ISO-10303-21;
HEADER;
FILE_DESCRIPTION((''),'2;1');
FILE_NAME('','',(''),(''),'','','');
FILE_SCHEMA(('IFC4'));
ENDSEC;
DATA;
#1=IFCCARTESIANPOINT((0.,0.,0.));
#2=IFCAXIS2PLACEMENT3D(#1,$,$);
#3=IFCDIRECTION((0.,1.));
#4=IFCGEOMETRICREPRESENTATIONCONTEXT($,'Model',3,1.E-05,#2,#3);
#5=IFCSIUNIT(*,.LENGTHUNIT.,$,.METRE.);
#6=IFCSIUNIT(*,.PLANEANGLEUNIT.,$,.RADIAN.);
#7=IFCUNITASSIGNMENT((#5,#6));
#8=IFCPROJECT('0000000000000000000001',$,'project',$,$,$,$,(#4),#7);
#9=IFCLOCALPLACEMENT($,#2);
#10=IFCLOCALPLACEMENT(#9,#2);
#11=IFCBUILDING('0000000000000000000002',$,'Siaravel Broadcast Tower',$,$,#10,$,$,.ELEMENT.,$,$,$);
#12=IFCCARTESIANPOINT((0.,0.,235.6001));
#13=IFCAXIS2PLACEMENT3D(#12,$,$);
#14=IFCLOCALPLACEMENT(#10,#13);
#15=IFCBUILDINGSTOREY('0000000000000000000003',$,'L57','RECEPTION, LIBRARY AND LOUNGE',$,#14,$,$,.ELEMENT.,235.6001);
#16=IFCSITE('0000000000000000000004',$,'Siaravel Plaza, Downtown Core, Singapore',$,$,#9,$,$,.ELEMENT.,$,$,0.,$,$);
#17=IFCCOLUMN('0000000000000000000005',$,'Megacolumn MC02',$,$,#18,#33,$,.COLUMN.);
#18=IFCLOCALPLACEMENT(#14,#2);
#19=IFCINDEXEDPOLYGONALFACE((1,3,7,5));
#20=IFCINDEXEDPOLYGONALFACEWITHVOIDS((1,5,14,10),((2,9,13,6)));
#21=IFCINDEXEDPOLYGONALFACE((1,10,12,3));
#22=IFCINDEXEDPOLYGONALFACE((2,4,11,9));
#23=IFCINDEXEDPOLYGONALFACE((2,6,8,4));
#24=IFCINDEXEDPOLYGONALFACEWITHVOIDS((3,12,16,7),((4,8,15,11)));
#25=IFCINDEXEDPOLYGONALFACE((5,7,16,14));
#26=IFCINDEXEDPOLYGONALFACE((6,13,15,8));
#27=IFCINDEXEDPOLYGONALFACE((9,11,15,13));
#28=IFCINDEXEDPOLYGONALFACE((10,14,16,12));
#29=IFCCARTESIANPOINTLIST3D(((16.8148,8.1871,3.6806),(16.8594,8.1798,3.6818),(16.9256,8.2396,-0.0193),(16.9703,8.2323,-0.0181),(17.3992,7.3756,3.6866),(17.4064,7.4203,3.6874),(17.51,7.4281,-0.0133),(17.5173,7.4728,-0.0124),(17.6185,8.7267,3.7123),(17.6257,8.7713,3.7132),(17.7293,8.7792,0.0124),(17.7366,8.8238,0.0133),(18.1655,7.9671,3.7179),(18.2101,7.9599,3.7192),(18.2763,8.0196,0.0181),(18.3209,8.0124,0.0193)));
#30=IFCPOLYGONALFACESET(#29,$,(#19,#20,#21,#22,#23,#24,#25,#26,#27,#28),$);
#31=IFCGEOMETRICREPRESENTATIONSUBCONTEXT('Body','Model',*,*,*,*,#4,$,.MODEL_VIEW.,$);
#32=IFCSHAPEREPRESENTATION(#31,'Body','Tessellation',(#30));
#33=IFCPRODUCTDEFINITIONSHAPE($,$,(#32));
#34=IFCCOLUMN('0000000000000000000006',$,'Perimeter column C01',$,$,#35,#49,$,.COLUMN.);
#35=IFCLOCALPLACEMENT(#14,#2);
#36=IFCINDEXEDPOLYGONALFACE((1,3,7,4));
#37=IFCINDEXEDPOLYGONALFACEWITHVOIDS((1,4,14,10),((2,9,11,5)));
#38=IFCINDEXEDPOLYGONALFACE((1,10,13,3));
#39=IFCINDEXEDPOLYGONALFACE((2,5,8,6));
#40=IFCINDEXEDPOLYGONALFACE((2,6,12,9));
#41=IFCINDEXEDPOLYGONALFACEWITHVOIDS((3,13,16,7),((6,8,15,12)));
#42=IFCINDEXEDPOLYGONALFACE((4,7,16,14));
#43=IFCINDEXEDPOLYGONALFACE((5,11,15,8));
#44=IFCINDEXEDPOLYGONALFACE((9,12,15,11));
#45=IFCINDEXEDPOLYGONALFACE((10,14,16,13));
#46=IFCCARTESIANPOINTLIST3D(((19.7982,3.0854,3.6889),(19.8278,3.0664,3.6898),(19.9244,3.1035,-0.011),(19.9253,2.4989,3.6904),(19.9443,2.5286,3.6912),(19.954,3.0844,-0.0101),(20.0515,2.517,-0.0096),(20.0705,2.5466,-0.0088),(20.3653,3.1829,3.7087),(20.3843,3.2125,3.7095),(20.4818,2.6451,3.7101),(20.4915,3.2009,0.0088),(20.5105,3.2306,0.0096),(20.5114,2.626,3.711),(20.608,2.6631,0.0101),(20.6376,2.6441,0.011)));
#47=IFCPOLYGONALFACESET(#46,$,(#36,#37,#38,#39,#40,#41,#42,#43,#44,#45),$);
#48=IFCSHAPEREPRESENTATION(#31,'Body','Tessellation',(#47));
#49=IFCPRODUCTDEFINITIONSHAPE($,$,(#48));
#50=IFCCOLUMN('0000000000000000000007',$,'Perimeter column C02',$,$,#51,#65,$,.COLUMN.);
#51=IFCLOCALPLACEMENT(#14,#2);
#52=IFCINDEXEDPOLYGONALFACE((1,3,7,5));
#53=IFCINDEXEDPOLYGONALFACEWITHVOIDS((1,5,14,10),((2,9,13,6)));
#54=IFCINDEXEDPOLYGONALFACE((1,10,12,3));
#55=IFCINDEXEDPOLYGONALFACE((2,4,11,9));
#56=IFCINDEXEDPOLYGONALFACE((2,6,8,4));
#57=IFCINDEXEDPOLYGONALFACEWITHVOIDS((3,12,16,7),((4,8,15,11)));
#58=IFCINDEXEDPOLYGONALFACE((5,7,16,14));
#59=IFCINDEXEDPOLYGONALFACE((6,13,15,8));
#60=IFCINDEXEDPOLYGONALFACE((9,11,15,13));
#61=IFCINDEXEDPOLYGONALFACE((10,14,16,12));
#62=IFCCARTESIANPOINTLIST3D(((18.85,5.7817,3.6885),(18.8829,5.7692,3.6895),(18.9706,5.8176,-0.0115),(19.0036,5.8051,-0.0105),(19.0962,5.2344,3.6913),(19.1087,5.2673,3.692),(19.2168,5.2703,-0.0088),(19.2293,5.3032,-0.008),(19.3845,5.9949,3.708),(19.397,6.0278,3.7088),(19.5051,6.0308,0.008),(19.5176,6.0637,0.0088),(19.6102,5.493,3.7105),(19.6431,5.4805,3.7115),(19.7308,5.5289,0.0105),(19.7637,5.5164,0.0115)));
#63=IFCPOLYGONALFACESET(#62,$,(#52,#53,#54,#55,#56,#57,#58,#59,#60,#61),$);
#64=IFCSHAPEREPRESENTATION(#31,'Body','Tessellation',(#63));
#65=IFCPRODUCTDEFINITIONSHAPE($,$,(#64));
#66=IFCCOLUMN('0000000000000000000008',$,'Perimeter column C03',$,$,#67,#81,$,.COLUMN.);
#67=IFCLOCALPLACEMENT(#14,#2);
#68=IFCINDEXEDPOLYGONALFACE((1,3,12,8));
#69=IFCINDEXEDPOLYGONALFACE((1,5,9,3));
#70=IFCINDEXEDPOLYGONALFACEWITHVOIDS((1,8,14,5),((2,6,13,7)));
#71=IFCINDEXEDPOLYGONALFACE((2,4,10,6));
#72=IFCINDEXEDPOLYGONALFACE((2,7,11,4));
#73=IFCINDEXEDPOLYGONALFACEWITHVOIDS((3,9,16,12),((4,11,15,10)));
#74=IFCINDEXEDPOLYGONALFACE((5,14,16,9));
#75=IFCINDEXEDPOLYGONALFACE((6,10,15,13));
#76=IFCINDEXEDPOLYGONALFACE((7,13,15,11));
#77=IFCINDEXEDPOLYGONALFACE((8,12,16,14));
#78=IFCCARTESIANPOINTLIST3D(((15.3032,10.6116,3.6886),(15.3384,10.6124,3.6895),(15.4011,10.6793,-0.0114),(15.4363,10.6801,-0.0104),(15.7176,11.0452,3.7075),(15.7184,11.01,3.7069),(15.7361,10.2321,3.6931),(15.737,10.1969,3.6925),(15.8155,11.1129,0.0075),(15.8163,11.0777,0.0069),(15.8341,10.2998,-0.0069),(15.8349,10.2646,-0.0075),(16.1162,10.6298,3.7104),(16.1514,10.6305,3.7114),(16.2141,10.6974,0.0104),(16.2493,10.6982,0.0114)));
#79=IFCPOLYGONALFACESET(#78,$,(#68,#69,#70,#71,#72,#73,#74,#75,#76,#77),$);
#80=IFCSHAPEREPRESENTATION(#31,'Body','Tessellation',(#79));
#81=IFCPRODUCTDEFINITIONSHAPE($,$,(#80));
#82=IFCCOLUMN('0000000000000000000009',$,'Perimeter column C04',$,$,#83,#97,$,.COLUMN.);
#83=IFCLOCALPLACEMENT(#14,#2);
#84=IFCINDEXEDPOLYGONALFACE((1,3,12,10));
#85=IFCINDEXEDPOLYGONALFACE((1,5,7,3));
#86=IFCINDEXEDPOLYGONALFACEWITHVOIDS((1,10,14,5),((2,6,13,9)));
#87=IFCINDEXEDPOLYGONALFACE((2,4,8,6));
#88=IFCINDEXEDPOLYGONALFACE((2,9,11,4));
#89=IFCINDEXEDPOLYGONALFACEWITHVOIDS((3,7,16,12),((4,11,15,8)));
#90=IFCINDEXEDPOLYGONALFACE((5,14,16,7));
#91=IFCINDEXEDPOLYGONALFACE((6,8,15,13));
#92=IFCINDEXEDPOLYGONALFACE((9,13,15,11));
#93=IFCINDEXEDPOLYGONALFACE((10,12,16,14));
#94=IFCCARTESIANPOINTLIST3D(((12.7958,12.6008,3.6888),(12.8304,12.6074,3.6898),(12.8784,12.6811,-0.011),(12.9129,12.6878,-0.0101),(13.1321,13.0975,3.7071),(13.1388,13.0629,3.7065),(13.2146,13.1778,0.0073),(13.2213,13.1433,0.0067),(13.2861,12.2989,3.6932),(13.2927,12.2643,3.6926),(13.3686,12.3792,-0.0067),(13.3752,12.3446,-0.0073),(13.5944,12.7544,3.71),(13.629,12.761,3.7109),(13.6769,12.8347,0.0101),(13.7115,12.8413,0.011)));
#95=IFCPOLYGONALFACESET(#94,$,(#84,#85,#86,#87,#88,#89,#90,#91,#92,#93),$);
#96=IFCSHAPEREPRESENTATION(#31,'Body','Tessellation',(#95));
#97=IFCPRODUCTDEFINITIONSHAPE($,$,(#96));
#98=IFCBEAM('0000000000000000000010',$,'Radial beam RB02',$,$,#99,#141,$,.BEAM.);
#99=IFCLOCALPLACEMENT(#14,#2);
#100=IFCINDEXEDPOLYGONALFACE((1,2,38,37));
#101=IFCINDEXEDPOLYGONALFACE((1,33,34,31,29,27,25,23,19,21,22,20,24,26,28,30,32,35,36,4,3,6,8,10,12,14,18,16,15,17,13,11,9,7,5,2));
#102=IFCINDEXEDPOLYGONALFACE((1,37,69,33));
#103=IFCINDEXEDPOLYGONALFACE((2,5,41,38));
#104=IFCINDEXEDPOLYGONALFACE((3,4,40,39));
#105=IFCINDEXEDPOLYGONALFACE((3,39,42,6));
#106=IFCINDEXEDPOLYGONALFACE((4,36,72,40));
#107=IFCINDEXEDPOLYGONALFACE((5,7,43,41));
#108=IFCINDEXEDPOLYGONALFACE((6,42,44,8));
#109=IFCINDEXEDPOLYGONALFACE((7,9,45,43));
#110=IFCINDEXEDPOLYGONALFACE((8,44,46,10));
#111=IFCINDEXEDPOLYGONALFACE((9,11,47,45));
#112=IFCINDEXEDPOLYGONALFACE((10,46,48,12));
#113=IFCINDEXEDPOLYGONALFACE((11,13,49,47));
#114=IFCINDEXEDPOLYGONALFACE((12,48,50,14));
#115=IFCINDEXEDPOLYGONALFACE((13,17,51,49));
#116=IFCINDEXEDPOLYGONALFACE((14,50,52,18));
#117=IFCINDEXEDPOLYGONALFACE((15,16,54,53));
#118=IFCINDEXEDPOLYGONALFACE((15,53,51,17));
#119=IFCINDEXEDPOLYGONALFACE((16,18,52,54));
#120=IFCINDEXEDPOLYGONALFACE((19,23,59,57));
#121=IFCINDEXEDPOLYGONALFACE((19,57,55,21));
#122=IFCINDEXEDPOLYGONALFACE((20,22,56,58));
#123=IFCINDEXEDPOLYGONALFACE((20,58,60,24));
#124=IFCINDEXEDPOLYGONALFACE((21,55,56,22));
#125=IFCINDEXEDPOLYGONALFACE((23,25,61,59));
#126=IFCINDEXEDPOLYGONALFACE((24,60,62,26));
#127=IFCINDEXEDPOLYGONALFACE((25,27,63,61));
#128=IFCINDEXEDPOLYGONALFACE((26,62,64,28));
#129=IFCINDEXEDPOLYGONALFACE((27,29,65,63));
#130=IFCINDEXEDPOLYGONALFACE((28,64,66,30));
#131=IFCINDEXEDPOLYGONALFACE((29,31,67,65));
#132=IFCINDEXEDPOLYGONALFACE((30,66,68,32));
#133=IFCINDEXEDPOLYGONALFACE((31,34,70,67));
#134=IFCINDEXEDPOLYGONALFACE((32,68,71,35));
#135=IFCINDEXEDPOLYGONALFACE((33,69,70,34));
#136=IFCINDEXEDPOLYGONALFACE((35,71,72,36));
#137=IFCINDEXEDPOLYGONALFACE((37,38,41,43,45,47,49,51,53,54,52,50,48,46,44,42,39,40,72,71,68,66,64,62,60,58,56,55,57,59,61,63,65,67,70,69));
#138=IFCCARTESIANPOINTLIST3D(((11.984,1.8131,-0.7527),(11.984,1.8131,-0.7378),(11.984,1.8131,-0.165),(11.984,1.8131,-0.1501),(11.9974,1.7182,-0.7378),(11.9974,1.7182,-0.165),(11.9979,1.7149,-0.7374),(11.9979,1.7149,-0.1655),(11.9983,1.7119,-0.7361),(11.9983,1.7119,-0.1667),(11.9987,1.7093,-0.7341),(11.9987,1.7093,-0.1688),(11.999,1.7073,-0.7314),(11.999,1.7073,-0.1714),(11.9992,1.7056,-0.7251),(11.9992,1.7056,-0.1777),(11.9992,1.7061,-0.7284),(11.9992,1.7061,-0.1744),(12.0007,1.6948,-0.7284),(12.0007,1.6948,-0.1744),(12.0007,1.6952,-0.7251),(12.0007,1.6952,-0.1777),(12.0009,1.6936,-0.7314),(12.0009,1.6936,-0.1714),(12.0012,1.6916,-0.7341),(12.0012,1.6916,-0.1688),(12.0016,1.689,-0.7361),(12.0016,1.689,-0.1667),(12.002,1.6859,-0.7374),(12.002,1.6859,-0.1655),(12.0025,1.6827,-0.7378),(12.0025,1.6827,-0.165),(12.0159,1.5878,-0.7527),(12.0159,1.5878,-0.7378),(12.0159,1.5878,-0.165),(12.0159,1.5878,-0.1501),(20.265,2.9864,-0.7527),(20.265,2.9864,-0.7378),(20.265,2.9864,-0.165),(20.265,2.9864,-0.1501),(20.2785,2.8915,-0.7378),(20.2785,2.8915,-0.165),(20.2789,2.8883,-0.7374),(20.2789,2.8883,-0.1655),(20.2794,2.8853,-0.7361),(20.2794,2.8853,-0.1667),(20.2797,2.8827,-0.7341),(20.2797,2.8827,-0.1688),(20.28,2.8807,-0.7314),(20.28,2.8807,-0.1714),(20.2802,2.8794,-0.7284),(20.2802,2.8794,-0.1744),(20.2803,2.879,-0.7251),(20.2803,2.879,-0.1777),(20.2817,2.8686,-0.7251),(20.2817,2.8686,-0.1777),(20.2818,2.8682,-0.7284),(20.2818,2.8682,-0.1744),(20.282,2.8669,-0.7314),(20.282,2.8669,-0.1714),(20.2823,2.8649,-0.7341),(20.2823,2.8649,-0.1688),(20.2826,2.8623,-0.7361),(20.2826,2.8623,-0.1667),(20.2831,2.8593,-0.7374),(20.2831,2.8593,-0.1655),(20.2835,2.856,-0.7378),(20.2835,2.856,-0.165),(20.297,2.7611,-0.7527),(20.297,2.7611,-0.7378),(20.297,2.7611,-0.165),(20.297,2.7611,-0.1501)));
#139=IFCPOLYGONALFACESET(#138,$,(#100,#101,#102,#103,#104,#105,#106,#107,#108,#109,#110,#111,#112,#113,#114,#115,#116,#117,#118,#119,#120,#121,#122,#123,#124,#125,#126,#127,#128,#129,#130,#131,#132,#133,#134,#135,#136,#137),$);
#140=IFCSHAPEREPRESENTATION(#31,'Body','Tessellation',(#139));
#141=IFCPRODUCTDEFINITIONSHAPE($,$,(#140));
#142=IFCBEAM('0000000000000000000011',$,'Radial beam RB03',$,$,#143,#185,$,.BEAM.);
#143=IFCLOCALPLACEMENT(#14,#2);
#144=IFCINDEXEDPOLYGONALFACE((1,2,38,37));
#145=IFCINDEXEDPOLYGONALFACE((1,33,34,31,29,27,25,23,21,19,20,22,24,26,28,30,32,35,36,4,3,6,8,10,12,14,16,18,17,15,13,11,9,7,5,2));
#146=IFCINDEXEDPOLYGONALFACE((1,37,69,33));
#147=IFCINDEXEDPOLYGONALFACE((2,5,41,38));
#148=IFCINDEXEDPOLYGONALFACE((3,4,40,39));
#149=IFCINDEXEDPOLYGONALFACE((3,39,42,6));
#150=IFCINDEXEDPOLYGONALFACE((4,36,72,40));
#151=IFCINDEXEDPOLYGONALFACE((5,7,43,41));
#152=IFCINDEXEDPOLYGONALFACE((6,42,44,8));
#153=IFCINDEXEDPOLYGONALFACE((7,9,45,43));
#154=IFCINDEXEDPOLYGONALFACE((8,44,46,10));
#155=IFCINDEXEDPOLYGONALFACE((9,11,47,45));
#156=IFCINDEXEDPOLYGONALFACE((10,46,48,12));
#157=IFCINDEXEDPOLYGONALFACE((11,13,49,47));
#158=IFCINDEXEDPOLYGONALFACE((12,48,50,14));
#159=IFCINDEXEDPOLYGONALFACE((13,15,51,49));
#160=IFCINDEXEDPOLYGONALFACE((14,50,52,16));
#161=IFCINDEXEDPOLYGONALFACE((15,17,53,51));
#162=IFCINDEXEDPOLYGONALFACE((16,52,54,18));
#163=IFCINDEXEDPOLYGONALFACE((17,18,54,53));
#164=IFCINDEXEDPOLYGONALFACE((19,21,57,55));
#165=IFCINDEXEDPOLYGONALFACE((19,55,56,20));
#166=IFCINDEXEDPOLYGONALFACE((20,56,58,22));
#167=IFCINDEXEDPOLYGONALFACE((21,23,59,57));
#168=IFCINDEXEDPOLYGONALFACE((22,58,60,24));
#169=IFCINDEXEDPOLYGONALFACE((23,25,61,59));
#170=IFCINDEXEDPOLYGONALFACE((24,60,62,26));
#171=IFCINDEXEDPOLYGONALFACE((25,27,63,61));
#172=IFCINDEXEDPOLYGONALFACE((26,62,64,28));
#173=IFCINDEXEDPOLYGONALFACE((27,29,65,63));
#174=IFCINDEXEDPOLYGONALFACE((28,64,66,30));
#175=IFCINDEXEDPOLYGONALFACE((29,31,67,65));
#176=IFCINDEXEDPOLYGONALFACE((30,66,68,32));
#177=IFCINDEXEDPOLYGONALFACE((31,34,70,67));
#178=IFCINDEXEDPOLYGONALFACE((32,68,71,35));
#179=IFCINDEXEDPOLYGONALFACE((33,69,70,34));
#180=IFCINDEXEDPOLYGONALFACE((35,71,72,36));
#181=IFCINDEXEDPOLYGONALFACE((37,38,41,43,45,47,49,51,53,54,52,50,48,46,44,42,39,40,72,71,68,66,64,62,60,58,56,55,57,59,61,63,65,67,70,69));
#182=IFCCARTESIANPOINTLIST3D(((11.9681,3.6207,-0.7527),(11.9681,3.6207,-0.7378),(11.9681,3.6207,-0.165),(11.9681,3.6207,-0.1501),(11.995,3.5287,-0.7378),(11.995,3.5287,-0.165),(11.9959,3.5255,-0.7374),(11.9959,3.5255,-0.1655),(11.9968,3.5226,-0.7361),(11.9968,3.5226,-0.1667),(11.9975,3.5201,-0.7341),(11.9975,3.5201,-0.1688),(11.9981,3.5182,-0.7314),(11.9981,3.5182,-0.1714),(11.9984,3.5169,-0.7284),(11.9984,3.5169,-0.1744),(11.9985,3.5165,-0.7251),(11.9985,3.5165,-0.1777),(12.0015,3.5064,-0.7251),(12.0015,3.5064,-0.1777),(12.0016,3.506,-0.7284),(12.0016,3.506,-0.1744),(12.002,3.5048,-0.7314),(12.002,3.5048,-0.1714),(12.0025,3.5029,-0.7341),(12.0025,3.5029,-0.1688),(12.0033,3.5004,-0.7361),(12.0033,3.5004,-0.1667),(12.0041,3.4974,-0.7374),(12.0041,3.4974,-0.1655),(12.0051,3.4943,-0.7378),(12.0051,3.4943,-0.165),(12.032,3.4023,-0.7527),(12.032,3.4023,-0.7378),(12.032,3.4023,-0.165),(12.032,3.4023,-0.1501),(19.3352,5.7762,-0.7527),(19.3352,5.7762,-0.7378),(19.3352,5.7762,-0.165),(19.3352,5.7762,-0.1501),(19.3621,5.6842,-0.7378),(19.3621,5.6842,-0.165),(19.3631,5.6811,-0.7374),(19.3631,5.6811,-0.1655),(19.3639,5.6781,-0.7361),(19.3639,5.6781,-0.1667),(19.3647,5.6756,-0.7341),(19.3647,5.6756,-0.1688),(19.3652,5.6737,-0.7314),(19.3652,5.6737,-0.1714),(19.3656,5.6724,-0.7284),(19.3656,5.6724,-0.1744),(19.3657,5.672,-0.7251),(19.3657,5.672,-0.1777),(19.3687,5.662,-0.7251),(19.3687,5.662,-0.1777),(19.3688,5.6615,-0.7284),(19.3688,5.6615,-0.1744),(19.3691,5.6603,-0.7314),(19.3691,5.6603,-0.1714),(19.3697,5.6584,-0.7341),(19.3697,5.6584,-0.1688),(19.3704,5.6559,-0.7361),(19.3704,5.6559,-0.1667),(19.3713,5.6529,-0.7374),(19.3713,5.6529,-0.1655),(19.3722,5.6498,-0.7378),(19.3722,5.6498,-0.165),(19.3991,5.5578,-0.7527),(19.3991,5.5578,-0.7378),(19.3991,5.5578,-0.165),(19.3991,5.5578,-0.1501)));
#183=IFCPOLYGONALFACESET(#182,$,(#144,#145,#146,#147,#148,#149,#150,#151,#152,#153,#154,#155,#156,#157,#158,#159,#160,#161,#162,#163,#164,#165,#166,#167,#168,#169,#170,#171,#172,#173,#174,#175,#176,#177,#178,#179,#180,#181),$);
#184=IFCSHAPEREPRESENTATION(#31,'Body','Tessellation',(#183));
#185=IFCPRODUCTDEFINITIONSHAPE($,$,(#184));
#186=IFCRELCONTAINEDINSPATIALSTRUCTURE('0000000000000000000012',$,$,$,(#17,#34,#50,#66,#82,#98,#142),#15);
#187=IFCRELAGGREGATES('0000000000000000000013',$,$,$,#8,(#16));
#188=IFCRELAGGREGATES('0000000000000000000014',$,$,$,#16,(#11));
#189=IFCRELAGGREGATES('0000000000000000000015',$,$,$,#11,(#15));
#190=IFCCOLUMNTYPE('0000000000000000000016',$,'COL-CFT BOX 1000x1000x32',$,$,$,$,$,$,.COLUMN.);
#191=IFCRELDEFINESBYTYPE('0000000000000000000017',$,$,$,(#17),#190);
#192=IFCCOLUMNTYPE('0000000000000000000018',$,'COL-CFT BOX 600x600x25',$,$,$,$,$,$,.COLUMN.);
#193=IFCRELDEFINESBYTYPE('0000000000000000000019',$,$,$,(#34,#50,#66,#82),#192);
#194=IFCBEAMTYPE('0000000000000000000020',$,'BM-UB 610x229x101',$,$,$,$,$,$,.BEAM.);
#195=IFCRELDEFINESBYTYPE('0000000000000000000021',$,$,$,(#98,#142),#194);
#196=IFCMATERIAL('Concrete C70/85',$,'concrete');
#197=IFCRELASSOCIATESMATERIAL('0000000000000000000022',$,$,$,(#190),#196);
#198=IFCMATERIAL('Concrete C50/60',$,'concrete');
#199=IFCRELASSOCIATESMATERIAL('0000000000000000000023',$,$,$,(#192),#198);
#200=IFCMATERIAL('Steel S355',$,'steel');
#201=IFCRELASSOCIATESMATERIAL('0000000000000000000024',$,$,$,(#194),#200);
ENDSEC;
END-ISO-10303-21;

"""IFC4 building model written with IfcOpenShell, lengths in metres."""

from ifc_helpers import new_model, si_unit, direction, frame, origin, origin_2d, place, context, subcontext, project, spatial, hollow_rectangle, i_section, extrude, material, material_profile, profile_set, type_object, element, save


model = new_model("IFC4")

# Units and contexts
model_context = context("Model", 3, precision=1e-05, world=origin(), true_north=direction((0.0, 1.0)))
body_context = subcontext(model_context, "Body", "Model", "MODEL_VIEW")
ifc_project = project(units=[si_unit("LENGTHUNIT", "METRE"), si_unit("PLANEANGLEUNIT", "RADIAN")], contexts=[model_context])

# Site, building, storey
site_placement = place(None, origin())
site = spatial("IfcSite", under=ifc_project, at=site_placement, Name="Siaravel Plaza, Downtown Core, Singapore", CompositionType="ELEMENT", RefElevation=0.0)
building_placement = place(site_placement, origin())
building = spatial("IfcBuilding", under=site, at=building_placement, Name="Siaravel Broadcast Tower", CompositionType="ELEMENT")
storey_placement = place(building_placement, frame((0.0, 0.0, 235.6001)))
storey = spatial("IfcBuildingStorey", under=building, at=storey_placement, Name="L57", Description="RECEPTION, LIBRARY AND LOUNGE", CompositionType="ELEMENT", Elevation=235.6001)

# Columns
ifc_material_1 = material(Name="Concrete C70/85", Category="concrete")
ifc_material_profile_1 = material_profile(ifc_material_1, hollow_rectangle(XDim=1.0, YDim=1.0, WallThickness=0.032, at=origin_2d()))
ifc_profile_set_1 = profile_set([ifc_material_profile_1], Name="Concrete C70/85")
column_type_1 = type_object("IfcColumnType", Name="COL-CFT BOX 1000x1000x32", PredefinedType="COLUMN", material=ifc_profile_set_1)
column_1_placement = place(storey_placement, frame((17.6233, 8.126, 0.0), z_axis=(-0.029941, -0.014179, 0.999451), x_axis=(0.584369, -0.811466, 0.005994)))
element("IfcColumn", 1, at=column_1_placement, inside=storey, type_object=column_type_1, Name="Megacolumn MC02", PredefinedType="COLUMN", context=body_context, shape_type="SweptSolid", body=[
    extrude(hollow_rectangle(XDim=1.0, YDim=1.0, WallThickness=0.032, at=origin_2d()), origin(), (0.0, 0.0, 1.0), 3.7019),
])
ifc_material_2 = material(Name="Concrete C50/60", Category="concrete")
ifc_material_profile_2 = material_profile(ifc_material_2, hollow_rectangle(XDim=0.6001, YDim=0.6001, WallThickness=0.0249, at=origin_2d()))
ifc_profile_set_2 = profile_set([ifc_material_profile_2], Name="Concrete C50/60")
column_type_2 = type_object("IfcColumnType", Name="COL-CFT BOX 600x600x25", PredefinedType="COLUMN", material=ifc_profile_set_2)
for number, where, z_axis, x_axis, name in (
    (2, (20.281, 2.8738, 0.0), (-0.034094, -0.00488, 0.999407), (0.211771, -0.977316, 0.002452), "Perimeter column C01"),
    (3, (19.3672, 5.667, 0.0), (-0.032578, -0.009694, 0.999422), (0.410159, -0.912003, 0.004524), "Perimeter column C02"),
):
    element("IfcColumn", number, at=place(storey_placement, frame(where, z_axis=z_axis, x_axis=x_axis)), inside=storey, type_object=column_type_2, Name=name, PredefinedType="COLUMN", context=body_context, shape_type="SweptSolid", body=[
        extrude(hollow_rectangle(XDim=0.6001, YDim=0.6001, WallThickness=0.0249, at=origin_2d()), origin(), (0.0, 0.0, 1.0), 3.7021),
    ])
column_2_placement = place(storey_placement, frame((15.8252, 10.6887, 0.0), z_axis=(-0.026446, -0.018268, 0.999483), x_axis=(0.722769, -0.691059, 0.006493)))
element("IfcColumn", 4, at=column_2_placement, inside=storey, type_object=column_type_2, Name="Perimeter column C03", PredefinedType="COLUMN", context=body_context, shape_type="SweptSolid", body=[
    extrude(hollow_rectangle(XDim=0.6001, YDim=0.6001, WallThickness=0.0249, at=origin_2d()), origin(), (0.0, 0.0, 1.0), 3.7019),
])
column_3_placement = place(storey_placement, frame((13.2949, 12.7612, 0.0), z_axis=(-0.022292, -0.021698, 0.999516), x_axis=(0.82798, -0.560723, 0.006294)))
element("IfcColumn", 5, at=column_3_placement, inside=storey, type_object=column_type_2, Name="Perimeter column C04", PredefinedType="COLUMN", context=body_context, shape_type="SweptSolid", body=[
    extrude(hollow_rectangle(XDim=0.6001, YDim=0.6001, WallThickness=0.0249, at=origin_2d()), origin(), (0.0, 0.0, 1.0), 3.7017),
])

# Beams
ifc_material_3 = material(Name="Steel S355", Category="steel")
ifc_material_profile_3 = material_profile(ifc_material_3, i_section(OverallWidth=0.2275, OverallDepth=0.6025, WebThickness=0.0105, FlangeThickness=0.0149, FilletRadius=0.0127, at=origin_2d()))
ifc_profile_set_3 = profile_set([ifc_material_profile_3], Name="Steel S355")
beam_type = type_object("IfcBeamType", Name="BM-UB 610x229x101", PredefinedType="BEAM", material=ifc_profile_set_3)
beam_1_placement = place(storey_placement, frame((20.281, 2.8738, -0.4514), z_axis=(-0.990111, -0.140289, 0.0), x_axis=(0.140289, -0.990111, 0.0)))
element("IfcBeam", 6, at=beam_1_placement, inside=storey, type_object=beam_type, Name="Radial beam RB02", PredefinedType="BEAM", context=body_context, shape_type="SweptSolid", body=[
    extrude(i_section(OverallWidth=0.2275, OverallDepth=0.6025, WebThickness=0.0105, FlangeThickness=0.0149, FilletRadius=0.0127, at=origin_2d()), origin(), (0.0, 0.0, 1.0), 8.3638),
])
beam_2_placement = place(storey_placement, frame((19.3672, 5.667, -0.4514), z_axis=(-0.959763, -0.280811, 0.0), x_axis=(0.280811, -0.959763, 0.0)))
element("IfcBeam", 7, at=beam_2_placement, inside=storey, type_object=beam_type, Name="Radial beam RB03", PredefinedType="BEAM", context=body_context, shape_type="SweptSolid", body=[
    extrude(i_section(OverallWidth=0.2275, OverallDepth=0.6025, WebThickness=0.0105, FlangeThickness=0.0149, FilletRadius=0.0127, at=origin_2d()), origin(), (0.0, 0.0, 1.0), 7.676),
])

save(model, "model.ifc")
